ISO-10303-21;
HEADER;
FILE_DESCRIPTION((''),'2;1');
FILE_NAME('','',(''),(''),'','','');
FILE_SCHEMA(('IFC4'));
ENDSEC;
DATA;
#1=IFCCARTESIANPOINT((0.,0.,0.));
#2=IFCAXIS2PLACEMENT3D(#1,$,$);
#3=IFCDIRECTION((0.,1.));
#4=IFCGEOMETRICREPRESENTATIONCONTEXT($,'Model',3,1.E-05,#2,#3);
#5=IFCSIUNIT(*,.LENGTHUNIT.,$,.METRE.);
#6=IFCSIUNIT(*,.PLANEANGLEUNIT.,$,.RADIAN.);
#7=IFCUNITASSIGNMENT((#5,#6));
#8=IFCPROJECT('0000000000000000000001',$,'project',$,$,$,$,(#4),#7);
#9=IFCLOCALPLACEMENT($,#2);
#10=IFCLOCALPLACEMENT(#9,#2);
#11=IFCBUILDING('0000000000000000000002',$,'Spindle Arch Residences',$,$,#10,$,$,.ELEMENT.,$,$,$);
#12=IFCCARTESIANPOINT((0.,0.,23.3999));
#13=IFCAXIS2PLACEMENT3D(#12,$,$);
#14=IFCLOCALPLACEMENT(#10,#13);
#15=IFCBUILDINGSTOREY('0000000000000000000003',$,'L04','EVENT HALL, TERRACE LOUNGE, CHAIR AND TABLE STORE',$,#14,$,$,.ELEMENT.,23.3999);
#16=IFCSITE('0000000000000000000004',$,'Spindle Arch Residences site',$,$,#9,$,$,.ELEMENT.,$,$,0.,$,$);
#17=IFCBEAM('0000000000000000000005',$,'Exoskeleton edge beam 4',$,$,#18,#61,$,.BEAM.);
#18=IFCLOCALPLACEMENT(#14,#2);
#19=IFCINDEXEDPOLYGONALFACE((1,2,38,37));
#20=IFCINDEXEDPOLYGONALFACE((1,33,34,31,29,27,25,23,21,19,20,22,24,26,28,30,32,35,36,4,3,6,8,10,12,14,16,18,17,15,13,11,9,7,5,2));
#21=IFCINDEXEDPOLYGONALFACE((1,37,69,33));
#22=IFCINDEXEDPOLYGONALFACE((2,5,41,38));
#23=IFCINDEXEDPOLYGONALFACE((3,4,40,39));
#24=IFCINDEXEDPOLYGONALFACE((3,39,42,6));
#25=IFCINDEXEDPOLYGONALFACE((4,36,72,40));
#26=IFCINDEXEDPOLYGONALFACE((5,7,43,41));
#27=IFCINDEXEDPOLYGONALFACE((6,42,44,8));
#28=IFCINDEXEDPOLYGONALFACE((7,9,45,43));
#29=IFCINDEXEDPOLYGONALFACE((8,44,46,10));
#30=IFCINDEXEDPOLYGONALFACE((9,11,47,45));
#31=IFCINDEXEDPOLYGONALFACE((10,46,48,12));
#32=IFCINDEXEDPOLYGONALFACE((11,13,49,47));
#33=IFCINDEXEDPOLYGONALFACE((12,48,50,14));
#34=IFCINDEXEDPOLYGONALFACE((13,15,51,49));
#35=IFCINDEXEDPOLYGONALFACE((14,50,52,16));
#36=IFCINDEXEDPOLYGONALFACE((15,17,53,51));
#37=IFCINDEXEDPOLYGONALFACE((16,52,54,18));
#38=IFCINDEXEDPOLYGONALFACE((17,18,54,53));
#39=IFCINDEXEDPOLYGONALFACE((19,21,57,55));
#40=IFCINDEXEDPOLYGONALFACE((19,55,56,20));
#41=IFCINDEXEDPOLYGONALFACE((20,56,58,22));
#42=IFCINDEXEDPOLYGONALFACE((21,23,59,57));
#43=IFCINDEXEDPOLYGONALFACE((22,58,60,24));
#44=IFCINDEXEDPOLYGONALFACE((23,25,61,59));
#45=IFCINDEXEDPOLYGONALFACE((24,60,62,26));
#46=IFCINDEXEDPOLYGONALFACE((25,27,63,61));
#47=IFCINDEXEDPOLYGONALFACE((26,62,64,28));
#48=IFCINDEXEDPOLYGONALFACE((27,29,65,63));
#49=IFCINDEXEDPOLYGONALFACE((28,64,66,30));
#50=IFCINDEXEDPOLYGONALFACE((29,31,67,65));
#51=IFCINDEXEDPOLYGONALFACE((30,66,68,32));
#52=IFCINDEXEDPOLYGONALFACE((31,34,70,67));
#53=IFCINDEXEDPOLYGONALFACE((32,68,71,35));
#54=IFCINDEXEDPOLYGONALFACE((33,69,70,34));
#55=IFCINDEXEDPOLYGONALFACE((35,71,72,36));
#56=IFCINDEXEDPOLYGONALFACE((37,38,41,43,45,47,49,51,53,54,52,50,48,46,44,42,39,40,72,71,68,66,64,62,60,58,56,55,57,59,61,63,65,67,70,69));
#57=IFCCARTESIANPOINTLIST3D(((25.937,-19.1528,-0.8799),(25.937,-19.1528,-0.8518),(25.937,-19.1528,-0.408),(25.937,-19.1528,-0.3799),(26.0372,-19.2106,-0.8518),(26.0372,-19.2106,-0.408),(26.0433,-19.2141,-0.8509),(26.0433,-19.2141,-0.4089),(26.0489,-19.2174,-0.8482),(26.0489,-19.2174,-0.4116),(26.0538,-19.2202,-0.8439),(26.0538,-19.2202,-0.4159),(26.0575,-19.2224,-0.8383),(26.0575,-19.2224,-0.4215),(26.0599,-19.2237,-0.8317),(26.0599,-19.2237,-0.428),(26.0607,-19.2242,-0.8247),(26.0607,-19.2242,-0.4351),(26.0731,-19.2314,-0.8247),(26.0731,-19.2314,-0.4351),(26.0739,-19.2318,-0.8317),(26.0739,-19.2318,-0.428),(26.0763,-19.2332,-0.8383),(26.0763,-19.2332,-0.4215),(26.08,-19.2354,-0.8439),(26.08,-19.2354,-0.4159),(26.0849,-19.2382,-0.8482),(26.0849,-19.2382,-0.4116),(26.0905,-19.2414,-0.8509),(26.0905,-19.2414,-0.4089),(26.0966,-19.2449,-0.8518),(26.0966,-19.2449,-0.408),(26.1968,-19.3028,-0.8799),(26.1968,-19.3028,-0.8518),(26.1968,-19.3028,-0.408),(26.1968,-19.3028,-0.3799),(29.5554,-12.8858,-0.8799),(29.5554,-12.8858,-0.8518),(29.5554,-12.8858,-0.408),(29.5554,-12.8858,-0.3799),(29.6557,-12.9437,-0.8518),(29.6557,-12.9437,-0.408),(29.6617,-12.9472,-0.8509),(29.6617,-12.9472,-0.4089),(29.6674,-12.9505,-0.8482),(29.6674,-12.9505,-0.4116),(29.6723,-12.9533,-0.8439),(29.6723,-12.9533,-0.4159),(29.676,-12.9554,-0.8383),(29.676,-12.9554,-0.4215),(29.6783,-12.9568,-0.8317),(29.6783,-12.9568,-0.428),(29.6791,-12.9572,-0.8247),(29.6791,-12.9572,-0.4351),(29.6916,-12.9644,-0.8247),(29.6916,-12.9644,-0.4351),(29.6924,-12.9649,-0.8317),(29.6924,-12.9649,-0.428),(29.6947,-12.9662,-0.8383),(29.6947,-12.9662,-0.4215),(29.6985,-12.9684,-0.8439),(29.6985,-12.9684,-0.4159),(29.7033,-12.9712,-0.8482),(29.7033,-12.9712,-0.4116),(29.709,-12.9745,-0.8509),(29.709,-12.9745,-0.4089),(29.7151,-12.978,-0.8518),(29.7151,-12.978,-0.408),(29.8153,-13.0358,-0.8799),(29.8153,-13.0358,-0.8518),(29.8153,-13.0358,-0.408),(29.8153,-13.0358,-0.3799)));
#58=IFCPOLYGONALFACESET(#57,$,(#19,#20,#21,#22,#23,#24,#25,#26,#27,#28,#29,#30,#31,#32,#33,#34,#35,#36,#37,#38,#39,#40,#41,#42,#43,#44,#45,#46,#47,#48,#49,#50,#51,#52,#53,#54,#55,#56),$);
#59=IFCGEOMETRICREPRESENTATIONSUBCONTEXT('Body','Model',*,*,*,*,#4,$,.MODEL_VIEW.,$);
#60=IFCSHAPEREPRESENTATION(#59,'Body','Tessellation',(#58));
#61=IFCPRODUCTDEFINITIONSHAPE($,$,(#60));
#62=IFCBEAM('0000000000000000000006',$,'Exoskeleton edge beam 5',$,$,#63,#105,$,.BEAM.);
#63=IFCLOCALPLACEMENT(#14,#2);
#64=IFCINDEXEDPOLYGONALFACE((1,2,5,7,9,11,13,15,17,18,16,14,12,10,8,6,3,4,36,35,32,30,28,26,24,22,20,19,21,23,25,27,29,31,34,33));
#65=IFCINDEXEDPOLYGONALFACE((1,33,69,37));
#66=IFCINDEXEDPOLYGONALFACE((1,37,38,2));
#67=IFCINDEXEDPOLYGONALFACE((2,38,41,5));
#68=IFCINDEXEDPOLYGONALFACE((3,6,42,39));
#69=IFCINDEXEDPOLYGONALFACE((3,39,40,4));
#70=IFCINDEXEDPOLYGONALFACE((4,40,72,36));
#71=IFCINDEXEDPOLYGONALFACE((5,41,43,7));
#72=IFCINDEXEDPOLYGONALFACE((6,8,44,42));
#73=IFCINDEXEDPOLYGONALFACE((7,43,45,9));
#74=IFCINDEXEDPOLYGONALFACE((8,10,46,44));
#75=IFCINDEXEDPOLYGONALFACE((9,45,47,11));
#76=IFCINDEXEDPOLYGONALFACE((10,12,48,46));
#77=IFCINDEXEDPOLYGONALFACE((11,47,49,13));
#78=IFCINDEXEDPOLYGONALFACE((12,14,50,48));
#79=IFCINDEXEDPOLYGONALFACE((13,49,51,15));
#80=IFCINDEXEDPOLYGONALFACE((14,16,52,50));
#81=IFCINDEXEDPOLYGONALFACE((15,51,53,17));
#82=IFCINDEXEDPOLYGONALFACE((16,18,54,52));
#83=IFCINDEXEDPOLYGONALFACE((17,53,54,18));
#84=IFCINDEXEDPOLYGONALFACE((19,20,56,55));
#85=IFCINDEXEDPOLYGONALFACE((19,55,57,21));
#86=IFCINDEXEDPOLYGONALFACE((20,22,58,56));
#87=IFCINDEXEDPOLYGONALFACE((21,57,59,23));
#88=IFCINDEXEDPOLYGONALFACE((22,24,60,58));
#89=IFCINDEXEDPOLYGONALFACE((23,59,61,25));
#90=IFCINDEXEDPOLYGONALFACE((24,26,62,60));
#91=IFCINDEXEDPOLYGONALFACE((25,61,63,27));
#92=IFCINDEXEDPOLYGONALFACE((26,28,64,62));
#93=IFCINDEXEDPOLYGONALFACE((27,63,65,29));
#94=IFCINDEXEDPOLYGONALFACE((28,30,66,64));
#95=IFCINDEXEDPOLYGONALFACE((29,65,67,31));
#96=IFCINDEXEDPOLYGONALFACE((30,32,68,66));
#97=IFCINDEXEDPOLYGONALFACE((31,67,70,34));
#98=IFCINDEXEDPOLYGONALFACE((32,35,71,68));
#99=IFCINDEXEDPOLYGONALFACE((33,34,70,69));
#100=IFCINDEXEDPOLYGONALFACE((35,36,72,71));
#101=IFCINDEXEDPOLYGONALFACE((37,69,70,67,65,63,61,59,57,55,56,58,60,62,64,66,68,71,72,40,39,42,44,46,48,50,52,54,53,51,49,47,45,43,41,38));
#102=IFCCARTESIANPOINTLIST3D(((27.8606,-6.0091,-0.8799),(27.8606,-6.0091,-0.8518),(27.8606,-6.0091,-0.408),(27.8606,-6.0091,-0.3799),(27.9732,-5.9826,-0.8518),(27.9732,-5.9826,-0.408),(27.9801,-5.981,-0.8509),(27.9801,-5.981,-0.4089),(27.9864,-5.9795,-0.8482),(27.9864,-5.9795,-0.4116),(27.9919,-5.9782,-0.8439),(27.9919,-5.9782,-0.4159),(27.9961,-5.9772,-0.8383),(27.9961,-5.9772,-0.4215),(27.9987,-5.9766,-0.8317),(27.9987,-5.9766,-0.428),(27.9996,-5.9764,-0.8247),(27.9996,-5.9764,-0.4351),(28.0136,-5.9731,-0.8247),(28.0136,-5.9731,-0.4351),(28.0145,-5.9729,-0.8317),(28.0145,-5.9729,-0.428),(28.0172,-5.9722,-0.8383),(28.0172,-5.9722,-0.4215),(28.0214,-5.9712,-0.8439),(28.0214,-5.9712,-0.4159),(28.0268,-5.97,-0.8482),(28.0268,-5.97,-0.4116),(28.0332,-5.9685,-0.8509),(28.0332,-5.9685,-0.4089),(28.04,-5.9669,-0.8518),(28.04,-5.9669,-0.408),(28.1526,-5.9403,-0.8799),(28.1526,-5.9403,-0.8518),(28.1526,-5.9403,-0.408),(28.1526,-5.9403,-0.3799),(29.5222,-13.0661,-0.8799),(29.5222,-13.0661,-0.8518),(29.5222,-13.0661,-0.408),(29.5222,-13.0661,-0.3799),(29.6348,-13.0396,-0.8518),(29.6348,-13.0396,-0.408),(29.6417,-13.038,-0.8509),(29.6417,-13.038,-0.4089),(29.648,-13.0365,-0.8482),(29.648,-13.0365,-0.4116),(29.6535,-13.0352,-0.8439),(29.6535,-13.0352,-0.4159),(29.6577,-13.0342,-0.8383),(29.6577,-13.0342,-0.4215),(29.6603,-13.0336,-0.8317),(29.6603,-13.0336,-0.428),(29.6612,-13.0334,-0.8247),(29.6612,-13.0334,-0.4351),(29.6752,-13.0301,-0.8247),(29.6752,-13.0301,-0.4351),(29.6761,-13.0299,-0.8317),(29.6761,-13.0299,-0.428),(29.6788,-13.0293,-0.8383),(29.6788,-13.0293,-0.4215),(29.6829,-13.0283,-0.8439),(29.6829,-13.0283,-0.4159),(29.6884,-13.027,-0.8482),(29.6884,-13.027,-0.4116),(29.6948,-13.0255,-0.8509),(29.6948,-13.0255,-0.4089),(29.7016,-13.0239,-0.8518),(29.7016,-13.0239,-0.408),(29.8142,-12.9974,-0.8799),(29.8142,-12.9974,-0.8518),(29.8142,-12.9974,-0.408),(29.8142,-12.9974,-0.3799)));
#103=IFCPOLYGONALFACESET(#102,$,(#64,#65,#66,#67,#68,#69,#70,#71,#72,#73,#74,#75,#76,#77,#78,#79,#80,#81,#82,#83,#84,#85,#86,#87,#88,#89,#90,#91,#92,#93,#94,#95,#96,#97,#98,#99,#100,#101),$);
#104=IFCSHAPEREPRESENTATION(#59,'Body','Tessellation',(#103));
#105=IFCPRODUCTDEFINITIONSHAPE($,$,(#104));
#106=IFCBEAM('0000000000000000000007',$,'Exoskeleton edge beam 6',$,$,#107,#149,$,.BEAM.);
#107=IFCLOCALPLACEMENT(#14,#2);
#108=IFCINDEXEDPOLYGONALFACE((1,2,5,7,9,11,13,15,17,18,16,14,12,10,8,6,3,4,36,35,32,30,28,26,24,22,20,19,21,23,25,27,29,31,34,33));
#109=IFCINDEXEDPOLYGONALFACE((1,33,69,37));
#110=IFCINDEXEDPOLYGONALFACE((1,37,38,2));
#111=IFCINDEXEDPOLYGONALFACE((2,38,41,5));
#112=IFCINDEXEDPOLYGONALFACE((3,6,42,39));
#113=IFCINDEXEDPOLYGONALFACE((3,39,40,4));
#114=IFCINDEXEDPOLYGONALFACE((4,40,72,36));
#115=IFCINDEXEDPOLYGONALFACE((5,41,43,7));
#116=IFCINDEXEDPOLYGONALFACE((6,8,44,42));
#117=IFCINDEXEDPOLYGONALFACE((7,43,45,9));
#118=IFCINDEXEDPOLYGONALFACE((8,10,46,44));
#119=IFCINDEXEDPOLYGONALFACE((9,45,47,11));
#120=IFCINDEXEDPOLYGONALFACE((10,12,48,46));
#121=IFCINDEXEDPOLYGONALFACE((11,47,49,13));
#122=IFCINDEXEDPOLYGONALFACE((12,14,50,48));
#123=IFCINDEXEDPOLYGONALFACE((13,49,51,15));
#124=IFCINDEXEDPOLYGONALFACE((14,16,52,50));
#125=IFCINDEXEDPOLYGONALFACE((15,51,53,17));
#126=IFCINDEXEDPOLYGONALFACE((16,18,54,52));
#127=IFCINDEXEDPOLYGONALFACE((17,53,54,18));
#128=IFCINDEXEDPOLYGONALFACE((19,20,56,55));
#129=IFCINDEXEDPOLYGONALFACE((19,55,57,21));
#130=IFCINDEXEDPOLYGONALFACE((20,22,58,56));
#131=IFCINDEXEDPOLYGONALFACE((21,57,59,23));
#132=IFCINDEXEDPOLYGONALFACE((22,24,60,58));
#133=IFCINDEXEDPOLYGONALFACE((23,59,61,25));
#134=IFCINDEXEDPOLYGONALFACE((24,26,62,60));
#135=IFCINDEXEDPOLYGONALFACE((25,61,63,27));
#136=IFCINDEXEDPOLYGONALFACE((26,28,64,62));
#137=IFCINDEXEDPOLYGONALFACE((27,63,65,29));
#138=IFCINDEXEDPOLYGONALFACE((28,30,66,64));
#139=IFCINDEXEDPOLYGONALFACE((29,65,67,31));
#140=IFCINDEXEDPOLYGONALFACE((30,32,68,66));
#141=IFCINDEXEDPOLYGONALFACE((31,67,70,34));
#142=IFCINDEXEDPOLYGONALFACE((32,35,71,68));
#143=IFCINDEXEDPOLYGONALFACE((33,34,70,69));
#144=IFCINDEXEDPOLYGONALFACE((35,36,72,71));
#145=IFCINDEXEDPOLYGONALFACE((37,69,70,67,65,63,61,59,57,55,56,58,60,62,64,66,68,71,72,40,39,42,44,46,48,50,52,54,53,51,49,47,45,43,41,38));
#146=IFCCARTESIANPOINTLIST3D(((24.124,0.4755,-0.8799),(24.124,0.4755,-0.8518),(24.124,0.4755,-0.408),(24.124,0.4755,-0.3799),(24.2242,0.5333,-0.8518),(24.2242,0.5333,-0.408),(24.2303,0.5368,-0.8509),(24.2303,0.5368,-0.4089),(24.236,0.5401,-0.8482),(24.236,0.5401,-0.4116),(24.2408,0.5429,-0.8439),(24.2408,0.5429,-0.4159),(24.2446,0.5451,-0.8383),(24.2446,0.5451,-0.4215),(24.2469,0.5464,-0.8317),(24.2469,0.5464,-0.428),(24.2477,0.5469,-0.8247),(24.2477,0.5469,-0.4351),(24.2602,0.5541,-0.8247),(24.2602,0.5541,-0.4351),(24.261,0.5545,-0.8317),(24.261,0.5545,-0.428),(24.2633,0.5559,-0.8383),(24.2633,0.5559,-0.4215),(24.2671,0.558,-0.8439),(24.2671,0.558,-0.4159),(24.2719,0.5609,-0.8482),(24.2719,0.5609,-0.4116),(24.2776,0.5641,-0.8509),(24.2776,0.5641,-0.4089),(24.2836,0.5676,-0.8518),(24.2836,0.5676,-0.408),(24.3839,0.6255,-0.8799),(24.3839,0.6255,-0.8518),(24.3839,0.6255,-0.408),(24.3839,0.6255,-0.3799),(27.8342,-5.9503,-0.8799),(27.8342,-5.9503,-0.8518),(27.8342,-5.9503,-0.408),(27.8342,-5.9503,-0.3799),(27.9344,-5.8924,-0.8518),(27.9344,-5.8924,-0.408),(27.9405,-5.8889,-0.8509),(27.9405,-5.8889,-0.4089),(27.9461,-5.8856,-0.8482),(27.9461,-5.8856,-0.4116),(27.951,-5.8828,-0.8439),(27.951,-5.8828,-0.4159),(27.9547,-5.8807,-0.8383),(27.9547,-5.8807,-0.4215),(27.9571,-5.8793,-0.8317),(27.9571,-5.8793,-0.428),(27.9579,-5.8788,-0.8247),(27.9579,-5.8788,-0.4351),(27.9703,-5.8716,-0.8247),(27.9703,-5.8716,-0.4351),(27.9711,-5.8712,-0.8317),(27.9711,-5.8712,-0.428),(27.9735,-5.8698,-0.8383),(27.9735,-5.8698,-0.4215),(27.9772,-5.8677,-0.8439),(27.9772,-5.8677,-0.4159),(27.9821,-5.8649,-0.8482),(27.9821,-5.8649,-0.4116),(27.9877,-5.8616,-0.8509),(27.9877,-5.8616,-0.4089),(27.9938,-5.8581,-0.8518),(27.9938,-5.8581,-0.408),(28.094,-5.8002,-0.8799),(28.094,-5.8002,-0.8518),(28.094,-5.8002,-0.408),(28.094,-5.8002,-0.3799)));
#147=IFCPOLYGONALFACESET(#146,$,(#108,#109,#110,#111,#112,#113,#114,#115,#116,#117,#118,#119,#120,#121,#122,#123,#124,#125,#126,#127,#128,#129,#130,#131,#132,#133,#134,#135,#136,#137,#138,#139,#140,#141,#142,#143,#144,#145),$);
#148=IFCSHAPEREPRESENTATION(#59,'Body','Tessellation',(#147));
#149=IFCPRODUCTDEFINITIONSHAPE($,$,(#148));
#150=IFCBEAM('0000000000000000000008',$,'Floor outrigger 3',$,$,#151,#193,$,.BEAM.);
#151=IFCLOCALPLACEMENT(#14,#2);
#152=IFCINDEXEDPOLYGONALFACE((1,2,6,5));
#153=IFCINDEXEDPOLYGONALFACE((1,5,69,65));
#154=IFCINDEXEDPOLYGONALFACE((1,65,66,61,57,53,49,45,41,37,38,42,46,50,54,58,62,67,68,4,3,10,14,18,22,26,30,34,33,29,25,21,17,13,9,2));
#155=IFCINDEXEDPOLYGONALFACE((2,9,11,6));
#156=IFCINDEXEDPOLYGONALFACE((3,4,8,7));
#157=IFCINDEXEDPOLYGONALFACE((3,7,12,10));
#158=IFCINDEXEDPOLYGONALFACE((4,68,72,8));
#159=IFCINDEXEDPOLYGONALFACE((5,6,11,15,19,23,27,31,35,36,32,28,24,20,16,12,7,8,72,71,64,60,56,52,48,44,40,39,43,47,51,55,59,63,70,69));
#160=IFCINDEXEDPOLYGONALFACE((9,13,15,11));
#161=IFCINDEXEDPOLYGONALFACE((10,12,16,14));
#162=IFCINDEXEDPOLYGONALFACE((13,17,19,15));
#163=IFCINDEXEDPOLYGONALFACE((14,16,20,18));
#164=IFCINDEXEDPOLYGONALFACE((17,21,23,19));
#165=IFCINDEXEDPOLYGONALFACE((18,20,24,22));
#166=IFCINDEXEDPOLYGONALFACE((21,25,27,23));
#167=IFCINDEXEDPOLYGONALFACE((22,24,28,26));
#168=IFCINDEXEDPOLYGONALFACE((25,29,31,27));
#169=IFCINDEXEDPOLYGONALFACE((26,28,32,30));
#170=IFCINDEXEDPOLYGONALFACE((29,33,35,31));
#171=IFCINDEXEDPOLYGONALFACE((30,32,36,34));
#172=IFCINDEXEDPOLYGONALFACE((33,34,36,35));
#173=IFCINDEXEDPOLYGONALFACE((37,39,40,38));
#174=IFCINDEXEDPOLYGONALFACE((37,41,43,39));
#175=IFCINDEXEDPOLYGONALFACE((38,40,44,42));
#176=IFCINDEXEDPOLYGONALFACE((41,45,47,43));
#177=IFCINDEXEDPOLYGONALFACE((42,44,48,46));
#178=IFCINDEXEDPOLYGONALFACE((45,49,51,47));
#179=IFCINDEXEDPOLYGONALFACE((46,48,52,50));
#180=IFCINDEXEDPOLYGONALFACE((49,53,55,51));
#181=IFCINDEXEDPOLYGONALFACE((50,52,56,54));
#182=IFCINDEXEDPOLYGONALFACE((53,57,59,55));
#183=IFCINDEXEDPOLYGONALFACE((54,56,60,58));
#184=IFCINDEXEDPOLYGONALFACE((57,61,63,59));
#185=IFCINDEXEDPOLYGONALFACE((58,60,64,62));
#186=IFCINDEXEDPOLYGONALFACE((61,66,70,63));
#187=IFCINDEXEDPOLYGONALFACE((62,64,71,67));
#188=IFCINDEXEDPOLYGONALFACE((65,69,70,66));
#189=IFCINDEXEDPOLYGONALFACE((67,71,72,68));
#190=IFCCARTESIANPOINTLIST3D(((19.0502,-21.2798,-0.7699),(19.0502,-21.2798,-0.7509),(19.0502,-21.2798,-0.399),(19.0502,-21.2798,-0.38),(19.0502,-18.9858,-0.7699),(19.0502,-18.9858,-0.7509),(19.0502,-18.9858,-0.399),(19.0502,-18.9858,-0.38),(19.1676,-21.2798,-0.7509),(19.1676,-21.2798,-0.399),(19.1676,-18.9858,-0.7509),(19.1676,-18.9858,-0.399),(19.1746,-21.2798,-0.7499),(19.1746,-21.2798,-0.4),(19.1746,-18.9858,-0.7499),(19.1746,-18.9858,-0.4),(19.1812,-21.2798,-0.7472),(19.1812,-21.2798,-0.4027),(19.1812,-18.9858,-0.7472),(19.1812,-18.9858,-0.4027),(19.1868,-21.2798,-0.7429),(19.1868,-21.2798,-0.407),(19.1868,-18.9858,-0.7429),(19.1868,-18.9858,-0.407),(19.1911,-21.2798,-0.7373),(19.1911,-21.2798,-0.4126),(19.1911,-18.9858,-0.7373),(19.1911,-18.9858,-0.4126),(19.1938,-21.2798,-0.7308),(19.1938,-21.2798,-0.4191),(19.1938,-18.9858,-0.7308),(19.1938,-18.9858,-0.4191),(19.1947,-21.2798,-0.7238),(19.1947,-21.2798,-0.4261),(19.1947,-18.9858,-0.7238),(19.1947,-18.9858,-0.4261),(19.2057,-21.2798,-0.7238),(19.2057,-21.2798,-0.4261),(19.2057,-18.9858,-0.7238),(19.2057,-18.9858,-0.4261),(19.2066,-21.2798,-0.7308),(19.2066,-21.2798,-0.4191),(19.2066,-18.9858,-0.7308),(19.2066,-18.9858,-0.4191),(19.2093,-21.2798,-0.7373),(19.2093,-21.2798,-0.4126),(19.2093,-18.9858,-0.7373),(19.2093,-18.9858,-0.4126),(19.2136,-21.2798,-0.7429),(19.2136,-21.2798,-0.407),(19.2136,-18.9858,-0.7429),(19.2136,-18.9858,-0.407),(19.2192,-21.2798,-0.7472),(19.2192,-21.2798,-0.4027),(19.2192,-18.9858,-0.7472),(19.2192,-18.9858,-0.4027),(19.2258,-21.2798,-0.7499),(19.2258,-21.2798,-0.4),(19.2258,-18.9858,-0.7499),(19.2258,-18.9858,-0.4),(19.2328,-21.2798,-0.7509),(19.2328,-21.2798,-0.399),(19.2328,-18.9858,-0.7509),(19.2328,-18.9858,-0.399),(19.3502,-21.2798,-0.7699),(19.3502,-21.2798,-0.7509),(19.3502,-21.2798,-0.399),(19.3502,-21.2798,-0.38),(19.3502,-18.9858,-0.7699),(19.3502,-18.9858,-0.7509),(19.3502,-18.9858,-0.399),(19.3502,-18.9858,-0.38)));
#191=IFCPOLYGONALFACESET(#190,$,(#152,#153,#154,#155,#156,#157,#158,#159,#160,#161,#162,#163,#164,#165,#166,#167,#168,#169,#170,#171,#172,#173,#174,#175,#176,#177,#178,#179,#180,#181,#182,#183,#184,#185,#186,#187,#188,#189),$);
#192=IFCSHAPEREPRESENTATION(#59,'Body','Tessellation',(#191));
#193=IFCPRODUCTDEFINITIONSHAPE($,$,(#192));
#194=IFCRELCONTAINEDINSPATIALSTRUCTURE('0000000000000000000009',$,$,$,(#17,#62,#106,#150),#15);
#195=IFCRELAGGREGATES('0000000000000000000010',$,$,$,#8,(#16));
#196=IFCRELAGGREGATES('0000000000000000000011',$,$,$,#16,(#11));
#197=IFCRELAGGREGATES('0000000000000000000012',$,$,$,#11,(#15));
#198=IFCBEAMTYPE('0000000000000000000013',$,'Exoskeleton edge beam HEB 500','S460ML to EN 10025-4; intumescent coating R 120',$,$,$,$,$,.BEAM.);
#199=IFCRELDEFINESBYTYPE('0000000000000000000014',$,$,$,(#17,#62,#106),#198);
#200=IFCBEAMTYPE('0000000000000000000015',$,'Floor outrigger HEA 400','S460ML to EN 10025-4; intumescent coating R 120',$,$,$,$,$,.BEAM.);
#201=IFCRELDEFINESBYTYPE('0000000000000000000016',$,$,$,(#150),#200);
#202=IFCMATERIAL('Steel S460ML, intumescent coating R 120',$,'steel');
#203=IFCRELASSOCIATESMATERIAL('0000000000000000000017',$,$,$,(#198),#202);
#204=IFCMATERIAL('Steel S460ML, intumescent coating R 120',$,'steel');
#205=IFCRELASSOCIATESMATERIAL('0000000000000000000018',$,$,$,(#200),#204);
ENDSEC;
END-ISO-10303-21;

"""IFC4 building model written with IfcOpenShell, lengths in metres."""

from ifc_helpers import new_model, si_unit, direction, frame, origin, origin_2d, place, context, subcontext, project, spatial, i_section, extrude, material, material_profile, profile_set, type_object, element, save


model = new_model("IFC4")

# Units and contexts
model_context = context("Model", 3, precision=1e-05, world=origin(), true_north=direction((0.0, 1.0)))
body_context = subcontext(model_context, "Body", "Model", "MODEL_VIEW")
ifc_project = project(units=[si_unit("LENGTHUNIT", "METRE"), si_unit("PLANEANGLEUNIT", "RADIAN")], contexts=[model_context])

# Site, building, storey
site_placement = place(None, origin())
site = spatial("IfcSite", under=ifc_project, at=site_placement, Name="Spindle Arch Residences site", CompositionType="ELEMENT", RefElevation=0.0)
building_placement = place(site_placement, origin())
building = spatial("IfcBuilding", under=site, at=building_placement, Name="Spindle Arch Residences", CompositionType="ELEMENT")
storey_placement = place(building_placement, frame((0.0, 0.0, 23.3999)))
storey = spatial("IfcBuildingStorey", under=building, at=storey_placement, Name="L04", Description="EVENT HALL, TERRACE LOUNGE, CHAIR AND TABLE STORE", CompositionType="ELEMENT", Elevation=23.3999)

# Beams
ifc_material_1 = material(Name="Steel S460ML, intumescent coating R 120", Category="steel")
ifc_material_profile_1 = material_profile(ifc_material_1, i_section(OverallWidth=0.3, OverallDepth=0.5, WebThickness=0.0144, FlangeThickness=0.0281, FilletRadius=0.0271, at=origin_2d()), Name="HEB 500")
ifc_profile_set_1 = profile_set([ifc_material_profile_1], Name="Steel S460ML, intumescent coating R 120")
beam_type_1 = type_object("IfcBeamType", Name="Exoskeleton edge beam HEB 500", Description="S460ML to EN 10025-4; intumescent coating R 120", PredefinedType="BEAM", material=ifc_profile_set_1)
beam_1_placement = place(storey_placement, frame((26.0669, -19.2278, -0.6299), z_axis=(0.500025, 0.866011, 0.0), x_axis=(-0.866011, 0.500025, 0.0)))
element("IfcBeam", 1, at=beam_1_placement, inside=storey, type_object=beam_type_1, Name="Exoskeleton edge beam 4", PredefinedType="BEAM", context=body_context, shape_type="SweptSolid", body=[
    extrude(i_section(OverallWidth=0.3, OverallDepth=0.5, WebThickness=0.0144, FlangeThickness=0.0281, FilletRadius=0.0271, at=origin_2d()), origin(), (0.0, 0.0, 1.0), 7.2366),
])
beam_2_placement = place(storey_placement, frame((29.6682, -13.0317, -0.6299), z_axis=(-0.229186, 0.973383, 0.0), x_axis=(-0.973383, -0.229186, 0.0)))
element("IfcBeam", 2, at=beam_2_placement, inside=storey, type_object=beam_type_1, Name="Exoskeleton edge beam 5", PredefinedType="BEAM", context=body_context, shape_type="SweptSolid", body=[
    extrude(i_section(OverallWidth=0.3, OverallDepth=0.5, WebThickness=0.0144, FlangeThickness=0.0281, FilletRadius=0.0271, at=origin_2d()), origin(), (0.0, 0.0, 1.0), 7.25),
])
beam_3_placement = place(storey_placement, frame((27.9641, -5.8752, -0.6299), z_axis=(-0.500028, 0.866009, 0.0), x_axis=(-0.866009, -0.500028, 0.0)))
element("IfcBeam", 3, at=beam_3_placement, inside=storey, type_object=beam_type_1, Name="Exoskeleton edge beam 6", PredefinedType="BEAM", context=body_context, shape_type="SweptSolid", body=[
    extrude(i_section(OverallWidth=0.3, OverallDepth=0.5, WebThickness=0.0144, FlangeThickness=0.0281, FilletRadius=0.0271, at=origin_2d()), origin(), (0.0, 0.0, 1.0), 7.4199),
])
ifc_material_2 = material(Name="Steel S460ML, intumescent coating R 120", Category="steel")
ifc_material_profile_2 = material_profile(ifc_material_2, i_section(OverallWidth=0.3, OverallDepth=0.3899, WebThickness=0.011, FlangeThickness=0.019, FilletRadius=0.0271, at=origin_2d()), Name="HEA 400")
ifc_profile_set_2 = profile_set([ifc_material_profile_2], Name="Steel S460ML, intumescent coating R 120")
beam_type_2 = type_object("IfcBeamType", Name="Floor outrigger HEA 400", Description="S460ML to EN 10025-4; intumescent coating R 120", PredefinedType="BEAM", material=ifc_profile_set_2)
beam_4_placement = place(storey_placement, frame((19.2002, -21.2798, -0.575), z_axis=(0.0, 1.0, 0.0), x_axis=(-1.0, 0.0, 0.0)))
element("IfcBeam", 4, at=beam_4_placement, inside=storey, type_object=beam_type_2, Name="Floor outrigger 3", PredefinedType="BEAM", context=body_context, shape_type="SweptSolid", body=[
    extrude(i_section(OverallWidth=0.3, OverallDepth=0.3899, WebThickness=0.011, FlangeThickness=0.019, FilletRadius=0.0271, at=origin_2d()), origin(), (0.0, 0.0, 1.0), 2.2939),
])

save(model, "model.ifc")
